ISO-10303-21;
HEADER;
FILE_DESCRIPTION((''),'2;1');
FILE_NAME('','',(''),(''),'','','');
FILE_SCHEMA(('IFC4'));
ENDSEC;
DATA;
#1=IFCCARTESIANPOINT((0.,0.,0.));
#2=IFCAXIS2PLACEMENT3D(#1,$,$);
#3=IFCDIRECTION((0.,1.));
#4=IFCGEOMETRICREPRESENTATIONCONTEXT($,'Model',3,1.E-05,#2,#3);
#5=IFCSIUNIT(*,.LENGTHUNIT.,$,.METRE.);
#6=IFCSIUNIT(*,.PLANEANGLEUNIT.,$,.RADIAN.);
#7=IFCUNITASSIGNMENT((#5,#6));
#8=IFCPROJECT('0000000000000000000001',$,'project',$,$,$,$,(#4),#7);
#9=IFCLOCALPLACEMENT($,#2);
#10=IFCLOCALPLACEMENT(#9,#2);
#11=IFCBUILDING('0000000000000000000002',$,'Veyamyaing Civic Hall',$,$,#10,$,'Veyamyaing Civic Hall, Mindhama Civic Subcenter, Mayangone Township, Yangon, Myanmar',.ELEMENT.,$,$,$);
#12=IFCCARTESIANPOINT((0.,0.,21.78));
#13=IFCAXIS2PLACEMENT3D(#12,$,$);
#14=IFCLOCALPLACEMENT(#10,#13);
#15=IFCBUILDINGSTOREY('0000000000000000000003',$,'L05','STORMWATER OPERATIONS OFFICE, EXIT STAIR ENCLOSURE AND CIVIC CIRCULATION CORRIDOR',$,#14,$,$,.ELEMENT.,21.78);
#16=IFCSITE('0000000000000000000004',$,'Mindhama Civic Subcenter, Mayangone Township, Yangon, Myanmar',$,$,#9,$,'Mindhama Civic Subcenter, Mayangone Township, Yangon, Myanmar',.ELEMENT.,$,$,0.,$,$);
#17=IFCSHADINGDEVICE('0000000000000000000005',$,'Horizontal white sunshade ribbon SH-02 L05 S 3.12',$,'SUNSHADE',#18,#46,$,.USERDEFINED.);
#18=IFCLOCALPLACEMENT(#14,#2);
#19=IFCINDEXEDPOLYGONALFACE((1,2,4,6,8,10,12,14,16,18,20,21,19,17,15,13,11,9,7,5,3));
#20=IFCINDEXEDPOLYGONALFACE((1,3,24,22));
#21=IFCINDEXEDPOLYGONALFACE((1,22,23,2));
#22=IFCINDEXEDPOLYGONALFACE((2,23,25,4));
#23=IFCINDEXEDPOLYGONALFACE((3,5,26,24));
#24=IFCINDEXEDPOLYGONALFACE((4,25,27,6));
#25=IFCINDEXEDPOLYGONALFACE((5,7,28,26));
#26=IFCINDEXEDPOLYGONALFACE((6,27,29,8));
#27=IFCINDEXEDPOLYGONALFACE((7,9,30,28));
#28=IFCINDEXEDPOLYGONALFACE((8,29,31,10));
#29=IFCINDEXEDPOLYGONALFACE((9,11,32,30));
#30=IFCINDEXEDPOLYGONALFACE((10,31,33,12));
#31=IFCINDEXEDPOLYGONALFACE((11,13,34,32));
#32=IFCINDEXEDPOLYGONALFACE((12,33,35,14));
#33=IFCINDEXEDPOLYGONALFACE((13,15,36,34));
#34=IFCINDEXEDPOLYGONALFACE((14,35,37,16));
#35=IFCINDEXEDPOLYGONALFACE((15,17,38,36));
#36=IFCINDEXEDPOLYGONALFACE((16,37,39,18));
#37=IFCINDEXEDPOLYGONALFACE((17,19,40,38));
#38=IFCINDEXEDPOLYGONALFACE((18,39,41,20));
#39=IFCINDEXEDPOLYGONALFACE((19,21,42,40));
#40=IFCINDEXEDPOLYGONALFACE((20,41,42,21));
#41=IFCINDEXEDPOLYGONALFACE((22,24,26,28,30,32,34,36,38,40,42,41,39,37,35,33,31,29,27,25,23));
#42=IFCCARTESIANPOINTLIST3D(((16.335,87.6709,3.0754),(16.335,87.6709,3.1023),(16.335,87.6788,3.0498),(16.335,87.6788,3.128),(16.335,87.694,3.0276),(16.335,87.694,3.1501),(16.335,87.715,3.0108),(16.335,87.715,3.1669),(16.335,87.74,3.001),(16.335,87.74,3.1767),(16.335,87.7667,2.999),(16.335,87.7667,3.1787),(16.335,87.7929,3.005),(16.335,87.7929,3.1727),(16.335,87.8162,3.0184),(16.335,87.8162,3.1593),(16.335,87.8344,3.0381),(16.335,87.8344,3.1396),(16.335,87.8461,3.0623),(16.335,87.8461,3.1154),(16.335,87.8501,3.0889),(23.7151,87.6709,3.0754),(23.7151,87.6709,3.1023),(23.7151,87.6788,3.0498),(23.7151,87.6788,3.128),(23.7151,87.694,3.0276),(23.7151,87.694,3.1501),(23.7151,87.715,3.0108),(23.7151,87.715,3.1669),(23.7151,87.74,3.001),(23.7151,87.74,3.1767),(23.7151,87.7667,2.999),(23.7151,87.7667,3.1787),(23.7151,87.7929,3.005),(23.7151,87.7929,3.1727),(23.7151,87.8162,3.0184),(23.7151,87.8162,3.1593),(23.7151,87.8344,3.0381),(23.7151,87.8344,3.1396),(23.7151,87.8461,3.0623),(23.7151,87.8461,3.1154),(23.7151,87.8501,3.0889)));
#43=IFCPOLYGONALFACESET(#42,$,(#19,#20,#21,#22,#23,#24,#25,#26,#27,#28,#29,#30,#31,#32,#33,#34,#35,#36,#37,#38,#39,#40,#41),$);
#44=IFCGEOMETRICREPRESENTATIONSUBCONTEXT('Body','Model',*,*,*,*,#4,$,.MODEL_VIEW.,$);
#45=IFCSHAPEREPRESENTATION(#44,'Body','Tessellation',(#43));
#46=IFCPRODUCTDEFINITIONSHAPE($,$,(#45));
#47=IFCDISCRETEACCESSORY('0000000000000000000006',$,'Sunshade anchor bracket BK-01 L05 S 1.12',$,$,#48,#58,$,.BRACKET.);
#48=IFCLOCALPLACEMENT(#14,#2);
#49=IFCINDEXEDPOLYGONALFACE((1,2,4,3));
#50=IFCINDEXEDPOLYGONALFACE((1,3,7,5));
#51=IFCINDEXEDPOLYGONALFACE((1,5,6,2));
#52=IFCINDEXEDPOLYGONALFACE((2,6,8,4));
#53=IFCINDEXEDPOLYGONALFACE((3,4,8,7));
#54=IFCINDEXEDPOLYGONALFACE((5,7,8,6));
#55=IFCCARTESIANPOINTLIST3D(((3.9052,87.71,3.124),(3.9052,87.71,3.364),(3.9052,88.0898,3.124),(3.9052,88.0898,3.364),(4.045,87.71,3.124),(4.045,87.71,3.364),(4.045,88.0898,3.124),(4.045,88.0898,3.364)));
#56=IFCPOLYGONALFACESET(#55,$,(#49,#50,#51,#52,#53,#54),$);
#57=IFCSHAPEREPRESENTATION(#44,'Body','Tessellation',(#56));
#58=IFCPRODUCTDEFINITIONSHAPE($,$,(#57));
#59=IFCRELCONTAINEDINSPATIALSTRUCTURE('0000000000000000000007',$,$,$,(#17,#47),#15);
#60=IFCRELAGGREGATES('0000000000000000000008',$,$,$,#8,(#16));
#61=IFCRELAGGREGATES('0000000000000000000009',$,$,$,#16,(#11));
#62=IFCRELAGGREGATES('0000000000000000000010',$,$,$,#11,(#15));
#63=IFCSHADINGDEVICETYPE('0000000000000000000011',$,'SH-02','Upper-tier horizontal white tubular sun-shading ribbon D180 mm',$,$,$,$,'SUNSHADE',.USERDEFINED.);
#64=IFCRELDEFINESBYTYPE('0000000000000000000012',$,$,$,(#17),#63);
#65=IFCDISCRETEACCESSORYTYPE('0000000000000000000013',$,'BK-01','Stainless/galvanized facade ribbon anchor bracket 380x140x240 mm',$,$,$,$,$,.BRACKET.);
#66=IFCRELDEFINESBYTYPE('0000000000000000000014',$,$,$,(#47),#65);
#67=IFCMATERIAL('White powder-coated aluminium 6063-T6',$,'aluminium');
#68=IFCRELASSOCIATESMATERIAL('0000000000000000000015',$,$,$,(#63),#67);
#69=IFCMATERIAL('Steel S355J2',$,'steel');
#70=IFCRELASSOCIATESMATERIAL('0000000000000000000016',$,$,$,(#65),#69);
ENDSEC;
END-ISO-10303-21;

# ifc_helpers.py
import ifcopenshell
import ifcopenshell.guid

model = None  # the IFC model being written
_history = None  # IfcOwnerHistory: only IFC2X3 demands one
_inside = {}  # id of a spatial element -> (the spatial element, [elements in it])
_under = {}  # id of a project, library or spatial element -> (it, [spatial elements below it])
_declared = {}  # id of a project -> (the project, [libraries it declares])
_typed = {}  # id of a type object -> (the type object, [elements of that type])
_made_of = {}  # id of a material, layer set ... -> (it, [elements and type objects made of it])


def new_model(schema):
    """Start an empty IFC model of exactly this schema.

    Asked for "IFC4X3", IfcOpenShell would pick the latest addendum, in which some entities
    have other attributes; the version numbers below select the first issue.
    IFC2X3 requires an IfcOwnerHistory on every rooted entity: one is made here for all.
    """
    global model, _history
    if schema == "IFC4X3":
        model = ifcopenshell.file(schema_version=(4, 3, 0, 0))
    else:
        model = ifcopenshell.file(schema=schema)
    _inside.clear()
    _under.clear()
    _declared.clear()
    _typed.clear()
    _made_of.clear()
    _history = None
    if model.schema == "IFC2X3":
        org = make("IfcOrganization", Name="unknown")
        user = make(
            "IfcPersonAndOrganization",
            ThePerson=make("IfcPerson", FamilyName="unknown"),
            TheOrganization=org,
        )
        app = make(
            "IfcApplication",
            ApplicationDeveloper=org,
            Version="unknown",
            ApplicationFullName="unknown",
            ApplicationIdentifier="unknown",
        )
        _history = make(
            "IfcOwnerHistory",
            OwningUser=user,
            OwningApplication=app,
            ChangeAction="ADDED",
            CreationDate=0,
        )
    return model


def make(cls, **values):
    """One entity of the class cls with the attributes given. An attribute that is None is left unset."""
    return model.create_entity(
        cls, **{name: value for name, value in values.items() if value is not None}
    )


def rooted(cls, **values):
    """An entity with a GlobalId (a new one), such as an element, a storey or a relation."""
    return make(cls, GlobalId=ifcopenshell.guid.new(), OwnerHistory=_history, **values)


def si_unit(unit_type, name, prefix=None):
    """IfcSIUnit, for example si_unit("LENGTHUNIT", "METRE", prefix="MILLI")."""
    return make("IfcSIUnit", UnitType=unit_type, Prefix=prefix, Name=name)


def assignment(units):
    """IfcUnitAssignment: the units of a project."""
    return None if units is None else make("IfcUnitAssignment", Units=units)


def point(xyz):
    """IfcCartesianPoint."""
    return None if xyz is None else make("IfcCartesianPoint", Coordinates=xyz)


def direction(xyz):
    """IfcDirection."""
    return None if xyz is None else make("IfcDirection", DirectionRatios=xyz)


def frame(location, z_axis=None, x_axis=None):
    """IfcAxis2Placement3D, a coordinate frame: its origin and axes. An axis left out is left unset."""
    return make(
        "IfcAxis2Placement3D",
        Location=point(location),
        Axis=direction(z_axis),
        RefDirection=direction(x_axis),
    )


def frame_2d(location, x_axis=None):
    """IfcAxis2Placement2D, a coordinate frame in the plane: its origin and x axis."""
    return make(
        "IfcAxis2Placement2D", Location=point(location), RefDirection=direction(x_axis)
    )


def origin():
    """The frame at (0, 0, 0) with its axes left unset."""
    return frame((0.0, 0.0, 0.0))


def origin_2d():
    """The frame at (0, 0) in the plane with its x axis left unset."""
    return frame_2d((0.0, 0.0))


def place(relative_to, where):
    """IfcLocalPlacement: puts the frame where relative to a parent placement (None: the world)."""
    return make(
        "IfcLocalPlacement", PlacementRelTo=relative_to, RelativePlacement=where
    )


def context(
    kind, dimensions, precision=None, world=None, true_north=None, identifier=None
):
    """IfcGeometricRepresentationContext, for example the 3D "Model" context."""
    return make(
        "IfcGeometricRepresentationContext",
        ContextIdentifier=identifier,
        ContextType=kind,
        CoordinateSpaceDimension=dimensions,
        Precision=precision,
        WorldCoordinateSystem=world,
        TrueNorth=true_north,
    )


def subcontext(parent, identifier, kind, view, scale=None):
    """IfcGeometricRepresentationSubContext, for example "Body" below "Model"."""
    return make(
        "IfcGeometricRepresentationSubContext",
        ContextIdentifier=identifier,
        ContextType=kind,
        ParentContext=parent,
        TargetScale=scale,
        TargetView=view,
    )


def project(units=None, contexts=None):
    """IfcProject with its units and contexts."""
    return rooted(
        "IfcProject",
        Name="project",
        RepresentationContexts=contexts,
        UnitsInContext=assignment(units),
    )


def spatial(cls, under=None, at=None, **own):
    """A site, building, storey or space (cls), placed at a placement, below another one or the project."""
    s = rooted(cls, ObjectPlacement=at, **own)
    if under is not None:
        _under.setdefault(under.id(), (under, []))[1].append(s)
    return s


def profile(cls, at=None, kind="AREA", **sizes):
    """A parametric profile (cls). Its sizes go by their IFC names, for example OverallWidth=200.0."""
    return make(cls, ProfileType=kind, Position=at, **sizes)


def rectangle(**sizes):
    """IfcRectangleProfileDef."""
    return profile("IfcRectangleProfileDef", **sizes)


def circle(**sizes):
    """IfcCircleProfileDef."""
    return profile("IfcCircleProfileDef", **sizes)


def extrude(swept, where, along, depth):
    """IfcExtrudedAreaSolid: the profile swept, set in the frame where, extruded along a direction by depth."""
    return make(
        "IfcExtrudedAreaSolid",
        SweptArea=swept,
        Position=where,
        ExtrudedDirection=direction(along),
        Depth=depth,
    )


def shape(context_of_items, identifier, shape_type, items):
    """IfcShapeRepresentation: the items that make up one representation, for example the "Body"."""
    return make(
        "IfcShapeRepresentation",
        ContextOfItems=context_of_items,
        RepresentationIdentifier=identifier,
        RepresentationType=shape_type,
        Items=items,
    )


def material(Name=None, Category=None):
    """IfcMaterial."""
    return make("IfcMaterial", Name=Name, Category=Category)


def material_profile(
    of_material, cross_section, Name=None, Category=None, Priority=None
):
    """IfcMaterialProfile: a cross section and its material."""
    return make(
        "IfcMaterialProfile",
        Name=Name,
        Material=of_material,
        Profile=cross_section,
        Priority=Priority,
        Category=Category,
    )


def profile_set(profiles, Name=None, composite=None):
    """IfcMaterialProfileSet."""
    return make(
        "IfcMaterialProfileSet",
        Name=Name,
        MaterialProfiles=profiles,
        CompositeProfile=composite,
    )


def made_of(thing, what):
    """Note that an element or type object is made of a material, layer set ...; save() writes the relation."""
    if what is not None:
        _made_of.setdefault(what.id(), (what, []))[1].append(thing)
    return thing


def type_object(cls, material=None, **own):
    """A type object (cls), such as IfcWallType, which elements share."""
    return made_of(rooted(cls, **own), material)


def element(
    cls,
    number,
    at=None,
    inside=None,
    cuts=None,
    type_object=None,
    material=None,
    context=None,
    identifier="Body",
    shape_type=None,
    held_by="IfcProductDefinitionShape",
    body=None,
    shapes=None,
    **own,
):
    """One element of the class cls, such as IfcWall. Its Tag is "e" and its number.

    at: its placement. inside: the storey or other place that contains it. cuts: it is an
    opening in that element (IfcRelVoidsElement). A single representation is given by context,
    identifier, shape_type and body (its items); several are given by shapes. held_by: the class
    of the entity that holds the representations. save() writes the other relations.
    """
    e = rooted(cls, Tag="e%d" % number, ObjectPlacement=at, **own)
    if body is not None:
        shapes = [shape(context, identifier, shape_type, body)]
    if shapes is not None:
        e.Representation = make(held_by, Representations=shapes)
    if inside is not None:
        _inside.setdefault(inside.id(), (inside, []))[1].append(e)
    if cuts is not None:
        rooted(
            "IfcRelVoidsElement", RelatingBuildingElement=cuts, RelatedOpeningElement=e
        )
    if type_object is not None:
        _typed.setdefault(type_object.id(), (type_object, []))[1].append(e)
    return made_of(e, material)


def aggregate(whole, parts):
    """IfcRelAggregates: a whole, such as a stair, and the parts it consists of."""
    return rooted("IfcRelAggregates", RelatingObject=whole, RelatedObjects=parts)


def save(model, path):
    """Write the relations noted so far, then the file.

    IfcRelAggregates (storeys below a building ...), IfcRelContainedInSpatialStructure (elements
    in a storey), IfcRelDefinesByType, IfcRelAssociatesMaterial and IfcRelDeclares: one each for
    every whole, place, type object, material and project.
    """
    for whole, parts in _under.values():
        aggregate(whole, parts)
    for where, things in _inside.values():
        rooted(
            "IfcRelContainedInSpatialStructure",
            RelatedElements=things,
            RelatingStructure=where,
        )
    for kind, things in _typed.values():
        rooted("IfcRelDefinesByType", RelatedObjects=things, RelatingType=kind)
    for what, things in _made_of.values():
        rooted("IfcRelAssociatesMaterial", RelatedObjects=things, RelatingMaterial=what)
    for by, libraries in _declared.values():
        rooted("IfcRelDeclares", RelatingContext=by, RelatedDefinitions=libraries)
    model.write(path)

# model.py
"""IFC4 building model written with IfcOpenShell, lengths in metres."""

from ifc_helpers import new_model, si_unit, direction, frame, origin, origin_2d, place, context, subcontext, project, spatial, rectangle, circle, extrude, material, material_profile, profile_set, type_object, element, save


model = new_model("IFC4")

# Units and contexts
model_context = context("Model", 3, precision=1e-05, world=origin(), true_north=direction((0.0, 1.0)))
body_context = subcontext(model_context, "Body", "Model", "MODEL_VIEW")
ifc_project = project(units=[si_unit("LENGTHUNIT", "METRE"), si_unit("PLANEANGLEUNIT", "RADIAN")], contexts=[model_context])

# Site, building, storey
site_placement = place(None, origin())
site = spatial("IfcSite", under=ifc_project, at=site_placement, Name="Mindhama Civic Subcenter, Mayangone Township, Yangon, Myanmar", LongName="Mindhama Civic Subcenter, Mayangone Township, Yangon, Myanmar", CompositionType="ELEMENT", RefElevation=0.0)
building_placement = place(site_placement, origin())
building = spatial("IfcBuilding", under=site, at=building_placement, Name="Veyamyaing Civic Hall", LongName="Veyamyaing Civic Hall, Mindhama Civic Subcenter, Mayangone Township, Yangon, Myanmar", CompositionType="ELEMENT")
storey_placement = place(building_placement, frame((0.0, 0.0, 21.78)))
storey = spatial("IfcBuildingStorey", under=building, at=storey_placement, Name="L05", Description="STORMWATER OPERATIONS OFFICE, EXIT STAIR ENCLOSURE AND CIVIC CIRCULATION CORRIDOR", CompositionType="ELEMENT", Elevation=21.78)

# Shared definitions
ifc_material_1 = material(Name="White powder-coated aluminium 6063-T6", Category="aluminium")

# Shared definitions
ifc_material_2 = material(Name="Steel S355J2", Category="steel")

# Shading device
ifc_material_profile_1 = material_profile(ifc_material_1, circle(Radius=0.0901, at=origin_2d()), Name="SHADE-TUBE-180")
ifc_profile_set_1 = profile_set([ifc_material_profile_1], Name="White powder-coated aluminium 6063-T6")
shading_device_type = type_object("IfcShadingDeviceType", Name="SH-02", Description="Upper-tier horizontal white tubular sun-shading ribbon D180 mm", ElementType="SUNSHADE", PredefinedType="USERDEFINED", material=ifc_profile_set_1)
for number, where, z_axis, x_axis, name in (
    (1, (16.335, 87.76, 3.0889), (1.0, 0.0, 0.0), (0.0, 1.0, 0.0), "Horizontal white sunshade ribbon SH-02 L05 S 3.12"),
):
    element("IfcShadingDevice", number, at=place(storey_placement, frame(where, z_axis=z_axis, x_axis=x_axis)), inside=storey, type_object=shading_device_type, Name=name, ObjectType="SUNSHADE", PredefinedType="USERDEFINED", context=body_context, shape_type="SweptSolid", body=[
        extrude(circle(Radius=0.0901, at=origin_2d()), origin(), (0.0, 0.0, 1.0), 7.3801),
    ])

# Discrete accessory
discrete_accessory_type = type_object("IfcDiscreteAccessoryType", Name="BK-01", Description="Stainless/galvanized facade ribbon anchor bracket 380x140x240 mm", PredefinedType="BRACKET", material=ifc_material_2)
discrete_accessory_placement = place(storey_placement, frame((3.9751, 87.8999, 3.124), z_axis=(0.0, 0.0, 1.0), x_axis=(0.0, -1.0, 0.0)))
element("IfcDiscreteAccessory", 2, at=discrete_accessory_placement, inside=storey, type_object=discrete_accessory_type, Name="Sunshade anchor bracket BK-01 L05 S 1.12", PredefinedType="BRACKET", context=body_context, shape_type="SweptSolid", body=[
    extrude(rectangle(XDim=0.3799, YDim=0.1399, at=origin_2d()), origin(), (0.0, 0.0, 1.0), 0.24),
])

save(model, "model.ifc")
